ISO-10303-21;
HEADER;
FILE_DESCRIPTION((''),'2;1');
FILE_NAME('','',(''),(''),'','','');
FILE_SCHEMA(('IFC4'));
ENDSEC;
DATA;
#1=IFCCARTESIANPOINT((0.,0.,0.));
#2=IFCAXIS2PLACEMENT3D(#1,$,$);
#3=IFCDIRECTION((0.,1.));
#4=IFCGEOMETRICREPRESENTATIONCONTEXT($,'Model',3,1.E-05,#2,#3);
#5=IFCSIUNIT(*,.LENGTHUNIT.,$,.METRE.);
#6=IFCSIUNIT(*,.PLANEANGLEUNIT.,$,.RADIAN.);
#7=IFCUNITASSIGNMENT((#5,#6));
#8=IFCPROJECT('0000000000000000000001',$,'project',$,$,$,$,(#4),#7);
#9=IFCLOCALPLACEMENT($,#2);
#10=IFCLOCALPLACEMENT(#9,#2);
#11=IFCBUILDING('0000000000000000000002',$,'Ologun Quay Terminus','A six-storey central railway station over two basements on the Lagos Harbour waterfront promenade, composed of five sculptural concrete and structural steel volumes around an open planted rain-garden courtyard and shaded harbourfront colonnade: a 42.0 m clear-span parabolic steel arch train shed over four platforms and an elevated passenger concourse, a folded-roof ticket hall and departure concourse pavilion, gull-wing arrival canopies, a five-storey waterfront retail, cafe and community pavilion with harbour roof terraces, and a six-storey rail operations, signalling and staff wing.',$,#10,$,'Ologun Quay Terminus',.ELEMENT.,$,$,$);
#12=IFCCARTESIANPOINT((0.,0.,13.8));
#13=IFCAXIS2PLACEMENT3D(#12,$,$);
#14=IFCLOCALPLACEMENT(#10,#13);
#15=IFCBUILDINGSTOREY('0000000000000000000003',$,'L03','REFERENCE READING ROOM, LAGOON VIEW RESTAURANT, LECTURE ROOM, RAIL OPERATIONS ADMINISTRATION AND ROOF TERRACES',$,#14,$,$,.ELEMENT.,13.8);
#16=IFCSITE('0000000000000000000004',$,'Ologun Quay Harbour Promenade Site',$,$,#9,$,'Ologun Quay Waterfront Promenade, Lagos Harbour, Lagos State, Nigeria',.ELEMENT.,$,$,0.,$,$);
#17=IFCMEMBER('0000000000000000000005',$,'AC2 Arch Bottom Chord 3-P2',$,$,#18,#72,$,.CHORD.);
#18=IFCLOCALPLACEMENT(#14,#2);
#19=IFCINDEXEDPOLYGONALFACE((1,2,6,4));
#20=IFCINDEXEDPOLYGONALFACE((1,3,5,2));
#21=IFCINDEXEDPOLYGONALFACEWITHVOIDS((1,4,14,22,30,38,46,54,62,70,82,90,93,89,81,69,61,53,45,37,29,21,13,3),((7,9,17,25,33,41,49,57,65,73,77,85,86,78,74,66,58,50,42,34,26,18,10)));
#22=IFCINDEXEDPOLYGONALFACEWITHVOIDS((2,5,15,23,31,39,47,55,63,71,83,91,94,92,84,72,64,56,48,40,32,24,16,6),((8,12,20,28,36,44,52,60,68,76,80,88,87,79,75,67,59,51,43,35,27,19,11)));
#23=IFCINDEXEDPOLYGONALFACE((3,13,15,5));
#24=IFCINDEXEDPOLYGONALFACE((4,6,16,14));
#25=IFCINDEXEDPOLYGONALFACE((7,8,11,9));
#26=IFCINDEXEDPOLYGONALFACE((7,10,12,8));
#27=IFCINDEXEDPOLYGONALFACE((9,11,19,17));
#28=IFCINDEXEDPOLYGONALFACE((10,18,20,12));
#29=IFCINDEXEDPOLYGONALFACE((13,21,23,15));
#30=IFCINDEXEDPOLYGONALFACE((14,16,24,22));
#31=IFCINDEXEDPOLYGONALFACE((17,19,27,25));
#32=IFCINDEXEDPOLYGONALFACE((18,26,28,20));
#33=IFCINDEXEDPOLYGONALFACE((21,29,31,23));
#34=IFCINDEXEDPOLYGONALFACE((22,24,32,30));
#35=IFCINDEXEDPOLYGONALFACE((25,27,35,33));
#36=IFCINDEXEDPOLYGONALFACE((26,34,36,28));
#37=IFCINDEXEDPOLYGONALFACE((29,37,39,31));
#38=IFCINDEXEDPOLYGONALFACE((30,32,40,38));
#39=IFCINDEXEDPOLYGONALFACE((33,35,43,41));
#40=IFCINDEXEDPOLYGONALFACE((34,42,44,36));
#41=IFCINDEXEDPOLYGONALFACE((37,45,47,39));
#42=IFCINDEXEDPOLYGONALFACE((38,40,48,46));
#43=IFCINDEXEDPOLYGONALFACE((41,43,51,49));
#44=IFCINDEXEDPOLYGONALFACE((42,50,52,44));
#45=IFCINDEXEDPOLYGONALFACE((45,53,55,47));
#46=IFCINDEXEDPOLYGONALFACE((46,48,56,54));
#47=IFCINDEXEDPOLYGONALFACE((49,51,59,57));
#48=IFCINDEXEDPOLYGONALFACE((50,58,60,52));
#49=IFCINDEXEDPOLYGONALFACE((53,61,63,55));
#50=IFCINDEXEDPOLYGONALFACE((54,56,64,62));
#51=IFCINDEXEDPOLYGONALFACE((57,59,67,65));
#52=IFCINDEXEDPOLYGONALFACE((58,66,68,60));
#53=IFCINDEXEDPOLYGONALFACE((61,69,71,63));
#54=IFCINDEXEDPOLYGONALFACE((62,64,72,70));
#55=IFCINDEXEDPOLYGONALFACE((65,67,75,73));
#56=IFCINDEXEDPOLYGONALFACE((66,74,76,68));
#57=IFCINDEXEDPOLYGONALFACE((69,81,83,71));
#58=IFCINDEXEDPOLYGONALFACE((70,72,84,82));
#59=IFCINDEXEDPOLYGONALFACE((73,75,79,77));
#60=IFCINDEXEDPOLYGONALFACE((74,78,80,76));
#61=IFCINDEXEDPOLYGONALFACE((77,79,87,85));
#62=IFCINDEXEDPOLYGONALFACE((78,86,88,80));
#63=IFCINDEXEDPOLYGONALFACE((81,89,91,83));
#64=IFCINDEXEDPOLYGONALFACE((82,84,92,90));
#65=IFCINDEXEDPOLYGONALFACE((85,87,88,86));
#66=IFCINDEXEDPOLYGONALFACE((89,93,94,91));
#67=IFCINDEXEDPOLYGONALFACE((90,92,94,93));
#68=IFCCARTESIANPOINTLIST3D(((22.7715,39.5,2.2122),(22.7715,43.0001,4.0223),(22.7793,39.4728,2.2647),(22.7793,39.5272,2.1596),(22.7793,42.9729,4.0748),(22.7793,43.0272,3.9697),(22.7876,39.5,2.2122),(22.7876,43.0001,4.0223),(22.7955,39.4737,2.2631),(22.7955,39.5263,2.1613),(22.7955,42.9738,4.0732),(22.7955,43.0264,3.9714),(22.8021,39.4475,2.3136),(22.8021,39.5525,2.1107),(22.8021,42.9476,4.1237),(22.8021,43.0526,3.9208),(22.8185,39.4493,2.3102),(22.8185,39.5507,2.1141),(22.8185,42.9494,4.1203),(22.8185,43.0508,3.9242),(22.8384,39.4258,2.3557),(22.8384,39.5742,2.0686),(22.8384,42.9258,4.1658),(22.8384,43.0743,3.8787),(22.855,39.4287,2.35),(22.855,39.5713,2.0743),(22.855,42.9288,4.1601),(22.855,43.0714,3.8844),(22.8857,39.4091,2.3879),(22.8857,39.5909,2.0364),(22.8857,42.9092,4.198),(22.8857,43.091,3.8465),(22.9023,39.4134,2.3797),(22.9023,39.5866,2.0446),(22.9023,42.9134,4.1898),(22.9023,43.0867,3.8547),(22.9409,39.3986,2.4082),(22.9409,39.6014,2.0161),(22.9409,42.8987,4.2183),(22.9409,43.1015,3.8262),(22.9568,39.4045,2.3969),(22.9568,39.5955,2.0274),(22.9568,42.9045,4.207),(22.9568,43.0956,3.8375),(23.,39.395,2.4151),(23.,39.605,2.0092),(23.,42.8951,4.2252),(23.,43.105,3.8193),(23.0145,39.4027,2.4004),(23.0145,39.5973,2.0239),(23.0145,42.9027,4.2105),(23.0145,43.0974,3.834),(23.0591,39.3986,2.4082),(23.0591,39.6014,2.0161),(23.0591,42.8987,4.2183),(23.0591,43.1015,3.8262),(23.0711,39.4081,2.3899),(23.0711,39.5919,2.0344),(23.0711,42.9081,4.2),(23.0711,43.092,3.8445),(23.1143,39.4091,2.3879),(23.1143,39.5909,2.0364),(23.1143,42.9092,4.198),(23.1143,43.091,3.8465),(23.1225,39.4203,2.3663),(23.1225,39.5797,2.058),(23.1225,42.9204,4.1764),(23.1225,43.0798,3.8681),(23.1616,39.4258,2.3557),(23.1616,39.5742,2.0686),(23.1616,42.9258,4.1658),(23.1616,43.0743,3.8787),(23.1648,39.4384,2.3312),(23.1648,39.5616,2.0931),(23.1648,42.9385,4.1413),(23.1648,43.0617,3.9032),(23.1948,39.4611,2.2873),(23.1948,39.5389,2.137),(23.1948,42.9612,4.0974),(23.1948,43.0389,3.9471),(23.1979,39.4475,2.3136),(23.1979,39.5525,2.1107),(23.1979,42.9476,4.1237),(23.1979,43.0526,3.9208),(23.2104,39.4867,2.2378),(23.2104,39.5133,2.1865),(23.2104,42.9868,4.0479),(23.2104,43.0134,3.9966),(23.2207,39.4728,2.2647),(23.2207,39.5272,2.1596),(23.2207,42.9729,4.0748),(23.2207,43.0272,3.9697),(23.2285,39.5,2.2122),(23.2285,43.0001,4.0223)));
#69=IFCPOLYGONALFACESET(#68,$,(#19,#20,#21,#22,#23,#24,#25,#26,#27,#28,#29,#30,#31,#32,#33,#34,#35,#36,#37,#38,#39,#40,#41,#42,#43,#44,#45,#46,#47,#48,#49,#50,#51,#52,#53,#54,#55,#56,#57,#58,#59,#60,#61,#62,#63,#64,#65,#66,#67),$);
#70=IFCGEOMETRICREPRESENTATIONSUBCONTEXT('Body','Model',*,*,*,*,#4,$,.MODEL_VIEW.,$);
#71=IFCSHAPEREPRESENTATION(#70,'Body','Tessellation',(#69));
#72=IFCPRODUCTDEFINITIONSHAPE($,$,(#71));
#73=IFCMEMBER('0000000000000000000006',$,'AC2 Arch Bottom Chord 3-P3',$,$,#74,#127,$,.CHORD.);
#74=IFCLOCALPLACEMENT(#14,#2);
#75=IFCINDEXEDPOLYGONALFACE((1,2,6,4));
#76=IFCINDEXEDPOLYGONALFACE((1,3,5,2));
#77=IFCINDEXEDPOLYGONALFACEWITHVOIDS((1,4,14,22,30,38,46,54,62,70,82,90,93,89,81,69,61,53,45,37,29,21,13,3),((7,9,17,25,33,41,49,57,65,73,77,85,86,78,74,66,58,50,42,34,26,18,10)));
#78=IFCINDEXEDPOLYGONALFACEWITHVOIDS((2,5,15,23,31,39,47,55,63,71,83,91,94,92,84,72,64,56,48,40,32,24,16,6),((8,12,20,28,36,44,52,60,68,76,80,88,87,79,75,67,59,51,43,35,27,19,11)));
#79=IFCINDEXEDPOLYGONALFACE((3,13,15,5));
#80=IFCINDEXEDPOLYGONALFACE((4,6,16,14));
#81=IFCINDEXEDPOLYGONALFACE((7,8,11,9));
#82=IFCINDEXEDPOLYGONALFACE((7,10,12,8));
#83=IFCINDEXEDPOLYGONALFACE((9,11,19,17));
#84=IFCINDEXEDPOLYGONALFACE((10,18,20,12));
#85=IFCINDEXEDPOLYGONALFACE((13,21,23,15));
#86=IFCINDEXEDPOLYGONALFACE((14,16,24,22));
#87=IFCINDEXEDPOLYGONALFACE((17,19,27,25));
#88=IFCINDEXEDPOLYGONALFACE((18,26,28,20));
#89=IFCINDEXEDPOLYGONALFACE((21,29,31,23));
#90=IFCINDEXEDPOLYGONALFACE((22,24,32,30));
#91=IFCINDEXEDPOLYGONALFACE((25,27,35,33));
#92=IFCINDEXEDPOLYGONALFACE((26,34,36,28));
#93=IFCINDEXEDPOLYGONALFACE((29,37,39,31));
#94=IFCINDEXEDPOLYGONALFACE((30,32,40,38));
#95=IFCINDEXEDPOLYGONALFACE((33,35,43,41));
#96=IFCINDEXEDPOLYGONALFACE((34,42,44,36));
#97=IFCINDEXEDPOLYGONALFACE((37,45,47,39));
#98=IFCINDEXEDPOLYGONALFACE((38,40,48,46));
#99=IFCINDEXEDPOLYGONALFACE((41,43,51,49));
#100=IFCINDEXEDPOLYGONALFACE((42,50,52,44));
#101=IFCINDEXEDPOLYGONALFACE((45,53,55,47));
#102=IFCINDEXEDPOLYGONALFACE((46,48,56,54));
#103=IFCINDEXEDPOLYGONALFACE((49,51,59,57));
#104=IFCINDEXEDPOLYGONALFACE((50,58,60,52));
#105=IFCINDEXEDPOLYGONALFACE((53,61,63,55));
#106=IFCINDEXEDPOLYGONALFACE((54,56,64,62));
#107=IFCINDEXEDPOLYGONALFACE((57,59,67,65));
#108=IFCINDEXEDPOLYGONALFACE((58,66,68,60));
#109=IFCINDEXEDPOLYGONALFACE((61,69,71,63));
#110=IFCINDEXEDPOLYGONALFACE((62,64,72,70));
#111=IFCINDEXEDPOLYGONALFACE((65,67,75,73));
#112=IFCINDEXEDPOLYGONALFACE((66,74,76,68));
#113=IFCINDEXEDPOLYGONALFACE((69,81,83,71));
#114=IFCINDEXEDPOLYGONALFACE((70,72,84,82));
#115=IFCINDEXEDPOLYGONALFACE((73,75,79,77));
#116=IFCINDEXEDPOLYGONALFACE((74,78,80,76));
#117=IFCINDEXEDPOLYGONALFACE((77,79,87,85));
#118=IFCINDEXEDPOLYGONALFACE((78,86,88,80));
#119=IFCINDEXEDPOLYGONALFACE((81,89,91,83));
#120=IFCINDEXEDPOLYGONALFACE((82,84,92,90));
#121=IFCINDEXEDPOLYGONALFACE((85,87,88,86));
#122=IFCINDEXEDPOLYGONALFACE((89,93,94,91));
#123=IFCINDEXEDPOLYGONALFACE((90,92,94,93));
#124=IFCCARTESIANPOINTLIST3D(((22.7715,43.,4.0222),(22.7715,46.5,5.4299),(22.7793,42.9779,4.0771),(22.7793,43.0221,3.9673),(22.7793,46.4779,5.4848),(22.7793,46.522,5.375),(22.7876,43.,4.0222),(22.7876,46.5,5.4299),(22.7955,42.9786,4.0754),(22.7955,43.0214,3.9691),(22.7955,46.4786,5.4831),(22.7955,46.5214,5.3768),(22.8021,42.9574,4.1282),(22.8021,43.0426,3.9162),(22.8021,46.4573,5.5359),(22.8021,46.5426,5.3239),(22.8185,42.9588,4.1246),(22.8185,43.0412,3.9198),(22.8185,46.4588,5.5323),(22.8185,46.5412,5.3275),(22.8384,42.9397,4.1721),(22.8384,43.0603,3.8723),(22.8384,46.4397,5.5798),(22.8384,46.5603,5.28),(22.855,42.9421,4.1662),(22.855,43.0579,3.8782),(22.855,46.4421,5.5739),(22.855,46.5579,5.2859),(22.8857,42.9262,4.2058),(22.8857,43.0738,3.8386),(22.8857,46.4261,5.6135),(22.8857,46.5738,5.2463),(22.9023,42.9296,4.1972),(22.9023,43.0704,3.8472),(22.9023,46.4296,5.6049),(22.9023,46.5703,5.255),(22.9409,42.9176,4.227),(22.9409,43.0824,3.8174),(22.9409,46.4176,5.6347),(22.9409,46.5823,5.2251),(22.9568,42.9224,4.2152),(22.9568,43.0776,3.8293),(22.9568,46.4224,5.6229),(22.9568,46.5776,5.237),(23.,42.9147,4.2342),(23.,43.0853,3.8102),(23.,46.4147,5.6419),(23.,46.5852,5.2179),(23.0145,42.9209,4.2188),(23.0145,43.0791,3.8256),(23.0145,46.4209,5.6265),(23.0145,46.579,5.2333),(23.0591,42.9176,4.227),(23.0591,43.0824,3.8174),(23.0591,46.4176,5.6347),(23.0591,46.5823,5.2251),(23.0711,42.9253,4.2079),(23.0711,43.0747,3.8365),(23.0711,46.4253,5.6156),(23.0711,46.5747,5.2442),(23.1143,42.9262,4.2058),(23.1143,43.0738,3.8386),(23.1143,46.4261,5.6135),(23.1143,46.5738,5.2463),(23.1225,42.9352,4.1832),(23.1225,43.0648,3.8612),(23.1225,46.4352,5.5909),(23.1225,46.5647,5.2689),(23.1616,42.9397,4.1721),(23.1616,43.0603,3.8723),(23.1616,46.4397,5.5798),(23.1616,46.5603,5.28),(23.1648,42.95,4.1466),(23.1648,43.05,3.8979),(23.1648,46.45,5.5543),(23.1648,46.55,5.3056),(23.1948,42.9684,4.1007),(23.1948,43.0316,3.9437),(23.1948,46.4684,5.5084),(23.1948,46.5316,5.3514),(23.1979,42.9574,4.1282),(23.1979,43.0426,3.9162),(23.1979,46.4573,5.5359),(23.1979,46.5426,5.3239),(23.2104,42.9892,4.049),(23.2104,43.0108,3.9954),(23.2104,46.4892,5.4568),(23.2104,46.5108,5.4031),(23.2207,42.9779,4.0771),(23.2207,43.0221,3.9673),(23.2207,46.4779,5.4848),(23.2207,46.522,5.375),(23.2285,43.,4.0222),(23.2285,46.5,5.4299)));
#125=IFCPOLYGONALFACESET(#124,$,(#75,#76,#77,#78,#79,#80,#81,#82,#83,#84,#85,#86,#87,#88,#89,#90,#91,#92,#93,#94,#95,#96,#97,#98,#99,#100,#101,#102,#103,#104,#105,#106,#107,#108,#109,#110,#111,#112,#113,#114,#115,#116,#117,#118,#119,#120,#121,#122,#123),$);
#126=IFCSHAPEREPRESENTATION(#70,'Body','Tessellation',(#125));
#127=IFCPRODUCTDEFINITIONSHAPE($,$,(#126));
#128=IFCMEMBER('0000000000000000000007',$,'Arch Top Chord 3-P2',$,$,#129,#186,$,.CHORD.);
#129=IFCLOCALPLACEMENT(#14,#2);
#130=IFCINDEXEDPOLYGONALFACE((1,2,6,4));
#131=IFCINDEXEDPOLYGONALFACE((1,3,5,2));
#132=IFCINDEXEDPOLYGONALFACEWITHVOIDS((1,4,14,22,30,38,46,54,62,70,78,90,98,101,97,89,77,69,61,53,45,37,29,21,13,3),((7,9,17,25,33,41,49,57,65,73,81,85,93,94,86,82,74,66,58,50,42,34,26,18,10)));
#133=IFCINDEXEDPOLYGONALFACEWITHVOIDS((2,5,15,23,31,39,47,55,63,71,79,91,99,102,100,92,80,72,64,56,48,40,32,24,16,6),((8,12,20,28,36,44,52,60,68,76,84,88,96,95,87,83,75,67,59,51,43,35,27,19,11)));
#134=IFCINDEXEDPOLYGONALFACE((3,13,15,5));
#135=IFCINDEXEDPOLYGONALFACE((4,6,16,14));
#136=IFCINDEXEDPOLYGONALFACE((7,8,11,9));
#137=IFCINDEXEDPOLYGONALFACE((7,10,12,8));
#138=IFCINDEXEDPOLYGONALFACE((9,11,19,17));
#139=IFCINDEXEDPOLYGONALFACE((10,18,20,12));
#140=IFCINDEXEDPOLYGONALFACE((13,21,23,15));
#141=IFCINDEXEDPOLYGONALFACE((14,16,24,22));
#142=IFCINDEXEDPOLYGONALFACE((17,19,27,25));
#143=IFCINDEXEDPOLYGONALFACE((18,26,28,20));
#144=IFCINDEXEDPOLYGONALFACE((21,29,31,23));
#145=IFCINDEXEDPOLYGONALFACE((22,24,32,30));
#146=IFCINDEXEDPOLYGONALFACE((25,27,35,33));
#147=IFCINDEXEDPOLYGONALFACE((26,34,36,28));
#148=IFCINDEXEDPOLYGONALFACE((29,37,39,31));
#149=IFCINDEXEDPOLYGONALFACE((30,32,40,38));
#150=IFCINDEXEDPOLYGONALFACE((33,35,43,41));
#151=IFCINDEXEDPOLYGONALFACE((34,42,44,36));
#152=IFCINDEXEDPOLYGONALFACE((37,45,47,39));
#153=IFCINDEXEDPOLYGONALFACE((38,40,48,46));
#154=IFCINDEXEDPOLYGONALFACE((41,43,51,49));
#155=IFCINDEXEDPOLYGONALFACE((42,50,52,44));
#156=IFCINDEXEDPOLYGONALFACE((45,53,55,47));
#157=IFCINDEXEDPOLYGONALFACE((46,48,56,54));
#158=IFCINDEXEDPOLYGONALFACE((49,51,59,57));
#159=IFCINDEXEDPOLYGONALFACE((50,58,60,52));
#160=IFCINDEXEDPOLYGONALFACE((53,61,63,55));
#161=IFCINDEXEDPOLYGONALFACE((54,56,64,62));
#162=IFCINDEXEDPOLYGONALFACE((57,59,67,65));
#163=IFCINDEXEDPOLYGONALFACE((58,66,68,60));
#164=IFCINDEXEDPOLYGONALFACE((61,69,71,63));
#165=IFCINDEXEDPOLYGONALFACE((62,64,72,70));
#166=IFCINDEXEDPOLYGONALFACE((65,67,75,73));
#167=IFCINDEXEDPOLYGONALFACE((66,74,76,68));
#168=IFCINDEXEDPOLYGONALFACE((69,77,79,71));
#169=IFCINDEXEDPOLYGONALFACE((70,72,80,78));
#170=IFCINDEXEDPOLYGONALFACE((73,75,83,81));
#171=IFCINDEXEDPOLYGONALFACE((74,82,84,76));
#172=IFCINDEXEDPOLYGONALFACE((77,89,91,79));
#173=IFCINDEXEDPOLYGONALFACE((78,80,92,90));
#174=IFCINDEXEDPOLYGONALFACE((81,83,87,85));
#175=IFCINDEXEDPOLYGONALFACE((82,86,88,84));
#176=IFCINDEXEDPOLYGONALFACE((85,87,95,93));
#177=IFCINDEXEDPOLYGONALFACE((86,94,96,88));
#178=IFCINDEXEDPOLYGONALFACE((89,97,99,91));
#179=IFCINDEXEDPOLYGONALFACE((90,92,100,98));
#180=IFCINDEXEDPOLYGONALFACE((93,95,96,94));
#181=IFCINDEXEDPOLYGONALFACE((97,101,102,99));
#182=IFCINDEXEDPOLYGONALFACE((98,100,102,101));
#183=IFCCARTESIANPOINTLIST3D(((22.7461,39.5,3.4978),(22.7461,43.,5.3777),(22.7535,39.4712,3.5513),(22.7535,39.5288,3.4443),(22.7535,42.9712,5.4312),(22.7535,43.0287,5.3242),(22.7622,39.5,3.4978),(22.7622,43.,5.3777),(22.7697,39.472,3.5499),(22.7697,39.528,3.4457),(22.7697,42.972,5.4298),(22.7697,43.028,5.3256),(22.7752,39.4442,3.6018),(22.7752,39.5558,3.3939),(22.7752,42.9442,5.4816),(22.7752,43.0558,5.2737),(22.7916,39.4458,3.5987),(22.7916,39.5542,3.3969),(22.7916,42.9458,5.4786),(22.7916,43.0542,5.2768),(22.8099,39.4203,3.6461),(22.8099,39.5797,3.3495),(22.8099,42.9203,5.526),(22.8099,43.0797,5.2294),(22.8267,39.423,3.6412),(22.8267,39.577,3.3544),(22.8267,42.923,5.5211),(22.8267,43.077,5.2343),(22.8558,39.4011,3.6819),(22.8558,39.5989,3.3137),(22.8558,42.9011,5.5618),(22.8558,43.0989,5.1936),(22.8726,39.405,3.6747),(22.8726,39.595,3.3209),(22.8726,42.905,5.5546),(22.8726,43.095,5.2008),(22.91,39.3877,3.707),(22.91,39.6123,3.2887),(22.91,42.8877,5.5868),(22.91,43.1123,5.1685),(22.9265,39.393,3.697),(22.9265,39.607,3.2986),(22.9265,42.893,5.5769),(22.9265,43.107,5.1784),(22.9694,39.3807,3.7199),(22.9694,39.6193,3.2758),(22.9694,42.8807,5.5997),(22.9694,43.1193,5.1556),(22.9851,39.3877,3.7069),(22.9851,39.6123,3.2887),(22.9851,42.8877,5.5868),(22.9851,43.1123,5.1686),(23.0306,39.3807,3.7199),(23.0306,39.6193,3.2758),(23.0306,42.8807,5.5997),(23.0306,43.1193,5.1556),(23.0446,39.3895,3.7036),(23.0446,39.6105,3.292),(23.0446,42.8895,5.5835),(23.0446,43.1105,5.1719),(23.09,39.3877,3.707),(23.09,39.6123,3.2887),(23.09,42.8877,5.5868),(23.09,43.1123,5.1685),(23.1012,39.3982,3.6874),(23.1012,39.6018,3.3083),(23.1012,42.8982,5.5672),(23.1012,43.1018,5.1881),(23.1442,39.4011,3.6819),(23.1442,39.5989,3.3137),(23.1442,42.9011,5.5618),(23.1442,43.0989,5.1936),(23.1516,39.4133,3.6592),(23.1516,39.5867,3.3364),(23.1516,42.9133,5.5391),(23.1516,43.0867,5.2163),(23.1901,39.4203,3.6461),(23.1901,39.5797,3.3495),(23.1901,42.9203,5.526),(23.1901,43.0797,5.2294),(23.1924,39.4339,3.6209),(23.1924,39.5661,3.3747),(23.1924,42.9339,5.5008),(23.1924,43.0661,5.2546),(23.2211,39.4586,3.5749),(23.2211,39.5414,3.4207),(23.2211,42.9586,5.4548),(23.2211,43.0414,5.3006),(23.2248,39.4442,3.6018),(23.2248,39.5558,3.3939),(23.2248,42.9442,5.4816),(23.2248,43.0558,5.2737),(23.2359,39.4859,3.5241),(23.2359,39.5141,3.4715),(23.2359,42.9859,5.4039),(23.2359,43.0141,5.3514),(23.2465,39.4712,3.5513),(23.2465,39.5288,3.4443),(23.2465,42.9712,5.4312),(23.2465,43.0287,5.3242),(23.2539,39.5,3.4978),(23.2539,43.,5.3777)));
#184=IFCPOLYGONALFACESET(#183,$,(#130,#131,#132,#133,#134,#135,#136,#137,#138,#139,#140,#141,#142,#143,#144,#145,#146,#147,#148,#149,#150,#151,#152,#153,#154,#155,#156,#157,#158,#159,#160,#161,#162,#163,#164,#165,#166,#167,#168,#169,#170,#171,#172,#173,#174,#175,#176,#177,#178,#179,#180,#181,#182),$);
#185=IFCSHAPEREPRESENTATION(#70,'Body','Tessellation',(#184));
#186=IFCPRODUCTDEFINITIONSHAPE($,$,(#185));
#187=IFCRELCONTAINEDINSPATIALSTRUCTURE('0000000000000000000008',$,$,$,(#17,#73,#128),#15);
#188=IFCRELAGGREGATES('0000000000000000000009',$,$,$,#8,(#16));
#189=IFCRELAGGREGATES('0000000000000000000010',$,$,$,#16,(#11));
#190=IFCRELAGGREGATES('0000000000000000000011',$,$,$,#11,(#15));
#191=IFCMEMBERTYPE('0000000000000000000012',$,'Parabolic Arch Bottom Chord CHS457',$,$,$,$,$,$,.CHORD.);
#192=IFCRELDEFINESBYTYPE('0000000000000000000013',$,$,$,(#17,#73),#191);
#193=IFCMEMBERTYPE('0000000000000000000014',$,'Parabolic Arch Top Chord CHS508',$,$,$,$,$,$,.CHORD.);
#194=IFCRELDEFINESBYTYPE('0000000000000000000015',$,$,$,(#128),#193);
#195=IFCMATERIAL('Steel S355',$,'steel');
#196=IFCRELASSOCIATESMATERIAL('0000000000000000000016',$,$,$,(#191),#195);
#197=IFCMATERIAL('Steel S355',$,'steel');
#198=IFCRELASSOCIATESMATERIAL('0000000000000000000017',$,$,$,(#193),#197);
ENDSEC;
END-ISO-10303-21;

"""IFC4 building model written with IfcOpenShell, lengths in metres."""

from ifc_helpers import new_model, si_unit, direction, frame, origin, origin_2d, place, context, subcontext, project, spatial, hollow_circle, extrude, material, material_profile, profile_set, type_object, element, save


model = new_model("IFC4")

# Units and contexts
model_context = context("Model", 3, precision=1e-05, world=origin(), true_north=direction((0.0, 1.0)))
body_context = subcontext(model_context, "Body", "Model", "MODEL_VIEW")
ifc_project = project(units=[si_unit("LENGTHUNIT", "METRE"), si_unit("PLANEANGLEUNIT", "RADIAN")], contexts=[model_context])

# Site, building, storey
site_placement = place(None, origin())
site = spatial("IfcSite", under=ifc_project, at=site_placement, Name="Ologun Quay Harbour Promenade Site", LongName="Ologun Quay Waterfront Promenade, Lagos Harbour, Lagos State, Nigeria", CompositionType="ELEMENT", RefElevation=0.0)
building_placement = place(site_placement, origin())
building = spatial("IfcBuilding", under=site, at=building_placement, Name="Ologun Quay Terminus", Description="A six-storey central railway station over two basements on the Lagos Harbour waterfront promenade, composed of five sculptural concrete and structural steel volumes around an open planted rain-garden courtyard and shaded harbourfront colonnade: a 42.0 m clear-span parabolic steel arch train shed over four platforms and an elevated passenger concourse, a folded-roof ticket hall and departure concourse pavilion, gull-wing arrival canopies, a five-storey waterfront retail, cafe and community pavilion with harbour roof terraces, and a six-storey rail operations, signalling and staff wing.", LongName="Ologun Quay Terminus", CompositionType="ELEMENT")
storey_placement = place(building_placement, frame((0.0, 0.0, 13.8)))
storey = spatial("IfcBuildingStorey", under=building, at=storey_placement, Name="L03", Description="REFERENCE READING ROOM, LAGOON VIEW RESTAURANT, LECTURE ROOM, RAIL OPERATIONS ADMINISTRATION AND ROOF TERRACES", CompositionType="ELEMENT", Elevation=13.8)

# Members
ifc_material_1 = material(Name="Steel S355", Category="steel")
ifc_material_profile_1 = material_profile(ifc_material_1, hollow_circle(Radius=0.2285, WallThickness=0.0161, at=origin_2d()), Name="CHS 457x16")
ifc_profile_set_1 = profile_set([ifc_material_profile_1], Name="Steel S355")
member_type_1 = type_object("IfcMemberType", Name="Parabolic Arch Bottom Chord CHS457", PredefinedType="CHORD", material=ifc_profile_set_1)
member_1_placement = place(storey_placement, frame((23.0, 39.5, 2.2122), z_axis=(0.0, 0.888247, 0.459366), x_axis=(-1.0, 0.0, 0.0)))
element("IfcMember", 1, at=member_1_placement, inside=storey, type_object=member_type_1, Name="AC2 Arch Bottom Chord 3-P2", PredefinedType="CHORD", context=body_context, shape_type="SweptSolid", body=[
    extrude(hollow_circle(Radius=0.2285, WallThickness=0.0161, at=origin_2d()), origin(), (0.0, 0.0, 1.0), 3.9404),
])
member_2_placement = place(storey_placement, frame((23.0, 43.0, 4.0222), z_axis=(0.0, 0.92777, 0.373153), x_axis=(-1.0, 0.0, 0.0)))
element("IfcMember", 2, at=member_2_placement, inside=storey, type_object=member_type_1, Name="AC2 Arch Bottom Chord 3-P3", PredefinedType="CHORD", context=body_context, shape_type="SweptSolid", body=[
    extrude(hollow_circle(Radius=0.2285, WallThickness=0.0161, at=origin_2d()), origin(), (0.0, 0.0, 1.0), 3.7725),
])
ifc_material_2 = material(Name="Steel S355", Category="steel")
ifc_material_profile_2 = material_profile(ifc_material_2, hollow_circle(Radius=0.2539, WallThickness=0.0161, at=origin_2d()), Name="CHS 508x16")
ifc_profile_set_2 = profile_set([ifc_material_profile_2], Name="Steel S355")
member_type_2 = type_object("IfcMemberType", Name="Parabolic Arch Top Chord CHS508", PredefinedType="CHORD", material=ifc_profile_set_2)
member_3_placement = place(storey_placement, frame((23.0, 39.5, 3.4978), z_axis=(0.0, 0.880968, 0.473176), x_axis=(-1.0, 0.0, 0.0)))
element("IfcMember", 3, at=member_3_placement, inside=storey, type_object=member_type_2, Name="Arch Top Chord 3-P2", PredefinedType="CHORD", context=body_context, shape_type="SweptSolid", body=[
    extrude(hollow_circle(Radius=0.2539, WallThickness=0.0161, at=origin_2d()), origin(), (0.0, 0.0, 1.0), 3.9729),
])

save(model, "model.ifc")
